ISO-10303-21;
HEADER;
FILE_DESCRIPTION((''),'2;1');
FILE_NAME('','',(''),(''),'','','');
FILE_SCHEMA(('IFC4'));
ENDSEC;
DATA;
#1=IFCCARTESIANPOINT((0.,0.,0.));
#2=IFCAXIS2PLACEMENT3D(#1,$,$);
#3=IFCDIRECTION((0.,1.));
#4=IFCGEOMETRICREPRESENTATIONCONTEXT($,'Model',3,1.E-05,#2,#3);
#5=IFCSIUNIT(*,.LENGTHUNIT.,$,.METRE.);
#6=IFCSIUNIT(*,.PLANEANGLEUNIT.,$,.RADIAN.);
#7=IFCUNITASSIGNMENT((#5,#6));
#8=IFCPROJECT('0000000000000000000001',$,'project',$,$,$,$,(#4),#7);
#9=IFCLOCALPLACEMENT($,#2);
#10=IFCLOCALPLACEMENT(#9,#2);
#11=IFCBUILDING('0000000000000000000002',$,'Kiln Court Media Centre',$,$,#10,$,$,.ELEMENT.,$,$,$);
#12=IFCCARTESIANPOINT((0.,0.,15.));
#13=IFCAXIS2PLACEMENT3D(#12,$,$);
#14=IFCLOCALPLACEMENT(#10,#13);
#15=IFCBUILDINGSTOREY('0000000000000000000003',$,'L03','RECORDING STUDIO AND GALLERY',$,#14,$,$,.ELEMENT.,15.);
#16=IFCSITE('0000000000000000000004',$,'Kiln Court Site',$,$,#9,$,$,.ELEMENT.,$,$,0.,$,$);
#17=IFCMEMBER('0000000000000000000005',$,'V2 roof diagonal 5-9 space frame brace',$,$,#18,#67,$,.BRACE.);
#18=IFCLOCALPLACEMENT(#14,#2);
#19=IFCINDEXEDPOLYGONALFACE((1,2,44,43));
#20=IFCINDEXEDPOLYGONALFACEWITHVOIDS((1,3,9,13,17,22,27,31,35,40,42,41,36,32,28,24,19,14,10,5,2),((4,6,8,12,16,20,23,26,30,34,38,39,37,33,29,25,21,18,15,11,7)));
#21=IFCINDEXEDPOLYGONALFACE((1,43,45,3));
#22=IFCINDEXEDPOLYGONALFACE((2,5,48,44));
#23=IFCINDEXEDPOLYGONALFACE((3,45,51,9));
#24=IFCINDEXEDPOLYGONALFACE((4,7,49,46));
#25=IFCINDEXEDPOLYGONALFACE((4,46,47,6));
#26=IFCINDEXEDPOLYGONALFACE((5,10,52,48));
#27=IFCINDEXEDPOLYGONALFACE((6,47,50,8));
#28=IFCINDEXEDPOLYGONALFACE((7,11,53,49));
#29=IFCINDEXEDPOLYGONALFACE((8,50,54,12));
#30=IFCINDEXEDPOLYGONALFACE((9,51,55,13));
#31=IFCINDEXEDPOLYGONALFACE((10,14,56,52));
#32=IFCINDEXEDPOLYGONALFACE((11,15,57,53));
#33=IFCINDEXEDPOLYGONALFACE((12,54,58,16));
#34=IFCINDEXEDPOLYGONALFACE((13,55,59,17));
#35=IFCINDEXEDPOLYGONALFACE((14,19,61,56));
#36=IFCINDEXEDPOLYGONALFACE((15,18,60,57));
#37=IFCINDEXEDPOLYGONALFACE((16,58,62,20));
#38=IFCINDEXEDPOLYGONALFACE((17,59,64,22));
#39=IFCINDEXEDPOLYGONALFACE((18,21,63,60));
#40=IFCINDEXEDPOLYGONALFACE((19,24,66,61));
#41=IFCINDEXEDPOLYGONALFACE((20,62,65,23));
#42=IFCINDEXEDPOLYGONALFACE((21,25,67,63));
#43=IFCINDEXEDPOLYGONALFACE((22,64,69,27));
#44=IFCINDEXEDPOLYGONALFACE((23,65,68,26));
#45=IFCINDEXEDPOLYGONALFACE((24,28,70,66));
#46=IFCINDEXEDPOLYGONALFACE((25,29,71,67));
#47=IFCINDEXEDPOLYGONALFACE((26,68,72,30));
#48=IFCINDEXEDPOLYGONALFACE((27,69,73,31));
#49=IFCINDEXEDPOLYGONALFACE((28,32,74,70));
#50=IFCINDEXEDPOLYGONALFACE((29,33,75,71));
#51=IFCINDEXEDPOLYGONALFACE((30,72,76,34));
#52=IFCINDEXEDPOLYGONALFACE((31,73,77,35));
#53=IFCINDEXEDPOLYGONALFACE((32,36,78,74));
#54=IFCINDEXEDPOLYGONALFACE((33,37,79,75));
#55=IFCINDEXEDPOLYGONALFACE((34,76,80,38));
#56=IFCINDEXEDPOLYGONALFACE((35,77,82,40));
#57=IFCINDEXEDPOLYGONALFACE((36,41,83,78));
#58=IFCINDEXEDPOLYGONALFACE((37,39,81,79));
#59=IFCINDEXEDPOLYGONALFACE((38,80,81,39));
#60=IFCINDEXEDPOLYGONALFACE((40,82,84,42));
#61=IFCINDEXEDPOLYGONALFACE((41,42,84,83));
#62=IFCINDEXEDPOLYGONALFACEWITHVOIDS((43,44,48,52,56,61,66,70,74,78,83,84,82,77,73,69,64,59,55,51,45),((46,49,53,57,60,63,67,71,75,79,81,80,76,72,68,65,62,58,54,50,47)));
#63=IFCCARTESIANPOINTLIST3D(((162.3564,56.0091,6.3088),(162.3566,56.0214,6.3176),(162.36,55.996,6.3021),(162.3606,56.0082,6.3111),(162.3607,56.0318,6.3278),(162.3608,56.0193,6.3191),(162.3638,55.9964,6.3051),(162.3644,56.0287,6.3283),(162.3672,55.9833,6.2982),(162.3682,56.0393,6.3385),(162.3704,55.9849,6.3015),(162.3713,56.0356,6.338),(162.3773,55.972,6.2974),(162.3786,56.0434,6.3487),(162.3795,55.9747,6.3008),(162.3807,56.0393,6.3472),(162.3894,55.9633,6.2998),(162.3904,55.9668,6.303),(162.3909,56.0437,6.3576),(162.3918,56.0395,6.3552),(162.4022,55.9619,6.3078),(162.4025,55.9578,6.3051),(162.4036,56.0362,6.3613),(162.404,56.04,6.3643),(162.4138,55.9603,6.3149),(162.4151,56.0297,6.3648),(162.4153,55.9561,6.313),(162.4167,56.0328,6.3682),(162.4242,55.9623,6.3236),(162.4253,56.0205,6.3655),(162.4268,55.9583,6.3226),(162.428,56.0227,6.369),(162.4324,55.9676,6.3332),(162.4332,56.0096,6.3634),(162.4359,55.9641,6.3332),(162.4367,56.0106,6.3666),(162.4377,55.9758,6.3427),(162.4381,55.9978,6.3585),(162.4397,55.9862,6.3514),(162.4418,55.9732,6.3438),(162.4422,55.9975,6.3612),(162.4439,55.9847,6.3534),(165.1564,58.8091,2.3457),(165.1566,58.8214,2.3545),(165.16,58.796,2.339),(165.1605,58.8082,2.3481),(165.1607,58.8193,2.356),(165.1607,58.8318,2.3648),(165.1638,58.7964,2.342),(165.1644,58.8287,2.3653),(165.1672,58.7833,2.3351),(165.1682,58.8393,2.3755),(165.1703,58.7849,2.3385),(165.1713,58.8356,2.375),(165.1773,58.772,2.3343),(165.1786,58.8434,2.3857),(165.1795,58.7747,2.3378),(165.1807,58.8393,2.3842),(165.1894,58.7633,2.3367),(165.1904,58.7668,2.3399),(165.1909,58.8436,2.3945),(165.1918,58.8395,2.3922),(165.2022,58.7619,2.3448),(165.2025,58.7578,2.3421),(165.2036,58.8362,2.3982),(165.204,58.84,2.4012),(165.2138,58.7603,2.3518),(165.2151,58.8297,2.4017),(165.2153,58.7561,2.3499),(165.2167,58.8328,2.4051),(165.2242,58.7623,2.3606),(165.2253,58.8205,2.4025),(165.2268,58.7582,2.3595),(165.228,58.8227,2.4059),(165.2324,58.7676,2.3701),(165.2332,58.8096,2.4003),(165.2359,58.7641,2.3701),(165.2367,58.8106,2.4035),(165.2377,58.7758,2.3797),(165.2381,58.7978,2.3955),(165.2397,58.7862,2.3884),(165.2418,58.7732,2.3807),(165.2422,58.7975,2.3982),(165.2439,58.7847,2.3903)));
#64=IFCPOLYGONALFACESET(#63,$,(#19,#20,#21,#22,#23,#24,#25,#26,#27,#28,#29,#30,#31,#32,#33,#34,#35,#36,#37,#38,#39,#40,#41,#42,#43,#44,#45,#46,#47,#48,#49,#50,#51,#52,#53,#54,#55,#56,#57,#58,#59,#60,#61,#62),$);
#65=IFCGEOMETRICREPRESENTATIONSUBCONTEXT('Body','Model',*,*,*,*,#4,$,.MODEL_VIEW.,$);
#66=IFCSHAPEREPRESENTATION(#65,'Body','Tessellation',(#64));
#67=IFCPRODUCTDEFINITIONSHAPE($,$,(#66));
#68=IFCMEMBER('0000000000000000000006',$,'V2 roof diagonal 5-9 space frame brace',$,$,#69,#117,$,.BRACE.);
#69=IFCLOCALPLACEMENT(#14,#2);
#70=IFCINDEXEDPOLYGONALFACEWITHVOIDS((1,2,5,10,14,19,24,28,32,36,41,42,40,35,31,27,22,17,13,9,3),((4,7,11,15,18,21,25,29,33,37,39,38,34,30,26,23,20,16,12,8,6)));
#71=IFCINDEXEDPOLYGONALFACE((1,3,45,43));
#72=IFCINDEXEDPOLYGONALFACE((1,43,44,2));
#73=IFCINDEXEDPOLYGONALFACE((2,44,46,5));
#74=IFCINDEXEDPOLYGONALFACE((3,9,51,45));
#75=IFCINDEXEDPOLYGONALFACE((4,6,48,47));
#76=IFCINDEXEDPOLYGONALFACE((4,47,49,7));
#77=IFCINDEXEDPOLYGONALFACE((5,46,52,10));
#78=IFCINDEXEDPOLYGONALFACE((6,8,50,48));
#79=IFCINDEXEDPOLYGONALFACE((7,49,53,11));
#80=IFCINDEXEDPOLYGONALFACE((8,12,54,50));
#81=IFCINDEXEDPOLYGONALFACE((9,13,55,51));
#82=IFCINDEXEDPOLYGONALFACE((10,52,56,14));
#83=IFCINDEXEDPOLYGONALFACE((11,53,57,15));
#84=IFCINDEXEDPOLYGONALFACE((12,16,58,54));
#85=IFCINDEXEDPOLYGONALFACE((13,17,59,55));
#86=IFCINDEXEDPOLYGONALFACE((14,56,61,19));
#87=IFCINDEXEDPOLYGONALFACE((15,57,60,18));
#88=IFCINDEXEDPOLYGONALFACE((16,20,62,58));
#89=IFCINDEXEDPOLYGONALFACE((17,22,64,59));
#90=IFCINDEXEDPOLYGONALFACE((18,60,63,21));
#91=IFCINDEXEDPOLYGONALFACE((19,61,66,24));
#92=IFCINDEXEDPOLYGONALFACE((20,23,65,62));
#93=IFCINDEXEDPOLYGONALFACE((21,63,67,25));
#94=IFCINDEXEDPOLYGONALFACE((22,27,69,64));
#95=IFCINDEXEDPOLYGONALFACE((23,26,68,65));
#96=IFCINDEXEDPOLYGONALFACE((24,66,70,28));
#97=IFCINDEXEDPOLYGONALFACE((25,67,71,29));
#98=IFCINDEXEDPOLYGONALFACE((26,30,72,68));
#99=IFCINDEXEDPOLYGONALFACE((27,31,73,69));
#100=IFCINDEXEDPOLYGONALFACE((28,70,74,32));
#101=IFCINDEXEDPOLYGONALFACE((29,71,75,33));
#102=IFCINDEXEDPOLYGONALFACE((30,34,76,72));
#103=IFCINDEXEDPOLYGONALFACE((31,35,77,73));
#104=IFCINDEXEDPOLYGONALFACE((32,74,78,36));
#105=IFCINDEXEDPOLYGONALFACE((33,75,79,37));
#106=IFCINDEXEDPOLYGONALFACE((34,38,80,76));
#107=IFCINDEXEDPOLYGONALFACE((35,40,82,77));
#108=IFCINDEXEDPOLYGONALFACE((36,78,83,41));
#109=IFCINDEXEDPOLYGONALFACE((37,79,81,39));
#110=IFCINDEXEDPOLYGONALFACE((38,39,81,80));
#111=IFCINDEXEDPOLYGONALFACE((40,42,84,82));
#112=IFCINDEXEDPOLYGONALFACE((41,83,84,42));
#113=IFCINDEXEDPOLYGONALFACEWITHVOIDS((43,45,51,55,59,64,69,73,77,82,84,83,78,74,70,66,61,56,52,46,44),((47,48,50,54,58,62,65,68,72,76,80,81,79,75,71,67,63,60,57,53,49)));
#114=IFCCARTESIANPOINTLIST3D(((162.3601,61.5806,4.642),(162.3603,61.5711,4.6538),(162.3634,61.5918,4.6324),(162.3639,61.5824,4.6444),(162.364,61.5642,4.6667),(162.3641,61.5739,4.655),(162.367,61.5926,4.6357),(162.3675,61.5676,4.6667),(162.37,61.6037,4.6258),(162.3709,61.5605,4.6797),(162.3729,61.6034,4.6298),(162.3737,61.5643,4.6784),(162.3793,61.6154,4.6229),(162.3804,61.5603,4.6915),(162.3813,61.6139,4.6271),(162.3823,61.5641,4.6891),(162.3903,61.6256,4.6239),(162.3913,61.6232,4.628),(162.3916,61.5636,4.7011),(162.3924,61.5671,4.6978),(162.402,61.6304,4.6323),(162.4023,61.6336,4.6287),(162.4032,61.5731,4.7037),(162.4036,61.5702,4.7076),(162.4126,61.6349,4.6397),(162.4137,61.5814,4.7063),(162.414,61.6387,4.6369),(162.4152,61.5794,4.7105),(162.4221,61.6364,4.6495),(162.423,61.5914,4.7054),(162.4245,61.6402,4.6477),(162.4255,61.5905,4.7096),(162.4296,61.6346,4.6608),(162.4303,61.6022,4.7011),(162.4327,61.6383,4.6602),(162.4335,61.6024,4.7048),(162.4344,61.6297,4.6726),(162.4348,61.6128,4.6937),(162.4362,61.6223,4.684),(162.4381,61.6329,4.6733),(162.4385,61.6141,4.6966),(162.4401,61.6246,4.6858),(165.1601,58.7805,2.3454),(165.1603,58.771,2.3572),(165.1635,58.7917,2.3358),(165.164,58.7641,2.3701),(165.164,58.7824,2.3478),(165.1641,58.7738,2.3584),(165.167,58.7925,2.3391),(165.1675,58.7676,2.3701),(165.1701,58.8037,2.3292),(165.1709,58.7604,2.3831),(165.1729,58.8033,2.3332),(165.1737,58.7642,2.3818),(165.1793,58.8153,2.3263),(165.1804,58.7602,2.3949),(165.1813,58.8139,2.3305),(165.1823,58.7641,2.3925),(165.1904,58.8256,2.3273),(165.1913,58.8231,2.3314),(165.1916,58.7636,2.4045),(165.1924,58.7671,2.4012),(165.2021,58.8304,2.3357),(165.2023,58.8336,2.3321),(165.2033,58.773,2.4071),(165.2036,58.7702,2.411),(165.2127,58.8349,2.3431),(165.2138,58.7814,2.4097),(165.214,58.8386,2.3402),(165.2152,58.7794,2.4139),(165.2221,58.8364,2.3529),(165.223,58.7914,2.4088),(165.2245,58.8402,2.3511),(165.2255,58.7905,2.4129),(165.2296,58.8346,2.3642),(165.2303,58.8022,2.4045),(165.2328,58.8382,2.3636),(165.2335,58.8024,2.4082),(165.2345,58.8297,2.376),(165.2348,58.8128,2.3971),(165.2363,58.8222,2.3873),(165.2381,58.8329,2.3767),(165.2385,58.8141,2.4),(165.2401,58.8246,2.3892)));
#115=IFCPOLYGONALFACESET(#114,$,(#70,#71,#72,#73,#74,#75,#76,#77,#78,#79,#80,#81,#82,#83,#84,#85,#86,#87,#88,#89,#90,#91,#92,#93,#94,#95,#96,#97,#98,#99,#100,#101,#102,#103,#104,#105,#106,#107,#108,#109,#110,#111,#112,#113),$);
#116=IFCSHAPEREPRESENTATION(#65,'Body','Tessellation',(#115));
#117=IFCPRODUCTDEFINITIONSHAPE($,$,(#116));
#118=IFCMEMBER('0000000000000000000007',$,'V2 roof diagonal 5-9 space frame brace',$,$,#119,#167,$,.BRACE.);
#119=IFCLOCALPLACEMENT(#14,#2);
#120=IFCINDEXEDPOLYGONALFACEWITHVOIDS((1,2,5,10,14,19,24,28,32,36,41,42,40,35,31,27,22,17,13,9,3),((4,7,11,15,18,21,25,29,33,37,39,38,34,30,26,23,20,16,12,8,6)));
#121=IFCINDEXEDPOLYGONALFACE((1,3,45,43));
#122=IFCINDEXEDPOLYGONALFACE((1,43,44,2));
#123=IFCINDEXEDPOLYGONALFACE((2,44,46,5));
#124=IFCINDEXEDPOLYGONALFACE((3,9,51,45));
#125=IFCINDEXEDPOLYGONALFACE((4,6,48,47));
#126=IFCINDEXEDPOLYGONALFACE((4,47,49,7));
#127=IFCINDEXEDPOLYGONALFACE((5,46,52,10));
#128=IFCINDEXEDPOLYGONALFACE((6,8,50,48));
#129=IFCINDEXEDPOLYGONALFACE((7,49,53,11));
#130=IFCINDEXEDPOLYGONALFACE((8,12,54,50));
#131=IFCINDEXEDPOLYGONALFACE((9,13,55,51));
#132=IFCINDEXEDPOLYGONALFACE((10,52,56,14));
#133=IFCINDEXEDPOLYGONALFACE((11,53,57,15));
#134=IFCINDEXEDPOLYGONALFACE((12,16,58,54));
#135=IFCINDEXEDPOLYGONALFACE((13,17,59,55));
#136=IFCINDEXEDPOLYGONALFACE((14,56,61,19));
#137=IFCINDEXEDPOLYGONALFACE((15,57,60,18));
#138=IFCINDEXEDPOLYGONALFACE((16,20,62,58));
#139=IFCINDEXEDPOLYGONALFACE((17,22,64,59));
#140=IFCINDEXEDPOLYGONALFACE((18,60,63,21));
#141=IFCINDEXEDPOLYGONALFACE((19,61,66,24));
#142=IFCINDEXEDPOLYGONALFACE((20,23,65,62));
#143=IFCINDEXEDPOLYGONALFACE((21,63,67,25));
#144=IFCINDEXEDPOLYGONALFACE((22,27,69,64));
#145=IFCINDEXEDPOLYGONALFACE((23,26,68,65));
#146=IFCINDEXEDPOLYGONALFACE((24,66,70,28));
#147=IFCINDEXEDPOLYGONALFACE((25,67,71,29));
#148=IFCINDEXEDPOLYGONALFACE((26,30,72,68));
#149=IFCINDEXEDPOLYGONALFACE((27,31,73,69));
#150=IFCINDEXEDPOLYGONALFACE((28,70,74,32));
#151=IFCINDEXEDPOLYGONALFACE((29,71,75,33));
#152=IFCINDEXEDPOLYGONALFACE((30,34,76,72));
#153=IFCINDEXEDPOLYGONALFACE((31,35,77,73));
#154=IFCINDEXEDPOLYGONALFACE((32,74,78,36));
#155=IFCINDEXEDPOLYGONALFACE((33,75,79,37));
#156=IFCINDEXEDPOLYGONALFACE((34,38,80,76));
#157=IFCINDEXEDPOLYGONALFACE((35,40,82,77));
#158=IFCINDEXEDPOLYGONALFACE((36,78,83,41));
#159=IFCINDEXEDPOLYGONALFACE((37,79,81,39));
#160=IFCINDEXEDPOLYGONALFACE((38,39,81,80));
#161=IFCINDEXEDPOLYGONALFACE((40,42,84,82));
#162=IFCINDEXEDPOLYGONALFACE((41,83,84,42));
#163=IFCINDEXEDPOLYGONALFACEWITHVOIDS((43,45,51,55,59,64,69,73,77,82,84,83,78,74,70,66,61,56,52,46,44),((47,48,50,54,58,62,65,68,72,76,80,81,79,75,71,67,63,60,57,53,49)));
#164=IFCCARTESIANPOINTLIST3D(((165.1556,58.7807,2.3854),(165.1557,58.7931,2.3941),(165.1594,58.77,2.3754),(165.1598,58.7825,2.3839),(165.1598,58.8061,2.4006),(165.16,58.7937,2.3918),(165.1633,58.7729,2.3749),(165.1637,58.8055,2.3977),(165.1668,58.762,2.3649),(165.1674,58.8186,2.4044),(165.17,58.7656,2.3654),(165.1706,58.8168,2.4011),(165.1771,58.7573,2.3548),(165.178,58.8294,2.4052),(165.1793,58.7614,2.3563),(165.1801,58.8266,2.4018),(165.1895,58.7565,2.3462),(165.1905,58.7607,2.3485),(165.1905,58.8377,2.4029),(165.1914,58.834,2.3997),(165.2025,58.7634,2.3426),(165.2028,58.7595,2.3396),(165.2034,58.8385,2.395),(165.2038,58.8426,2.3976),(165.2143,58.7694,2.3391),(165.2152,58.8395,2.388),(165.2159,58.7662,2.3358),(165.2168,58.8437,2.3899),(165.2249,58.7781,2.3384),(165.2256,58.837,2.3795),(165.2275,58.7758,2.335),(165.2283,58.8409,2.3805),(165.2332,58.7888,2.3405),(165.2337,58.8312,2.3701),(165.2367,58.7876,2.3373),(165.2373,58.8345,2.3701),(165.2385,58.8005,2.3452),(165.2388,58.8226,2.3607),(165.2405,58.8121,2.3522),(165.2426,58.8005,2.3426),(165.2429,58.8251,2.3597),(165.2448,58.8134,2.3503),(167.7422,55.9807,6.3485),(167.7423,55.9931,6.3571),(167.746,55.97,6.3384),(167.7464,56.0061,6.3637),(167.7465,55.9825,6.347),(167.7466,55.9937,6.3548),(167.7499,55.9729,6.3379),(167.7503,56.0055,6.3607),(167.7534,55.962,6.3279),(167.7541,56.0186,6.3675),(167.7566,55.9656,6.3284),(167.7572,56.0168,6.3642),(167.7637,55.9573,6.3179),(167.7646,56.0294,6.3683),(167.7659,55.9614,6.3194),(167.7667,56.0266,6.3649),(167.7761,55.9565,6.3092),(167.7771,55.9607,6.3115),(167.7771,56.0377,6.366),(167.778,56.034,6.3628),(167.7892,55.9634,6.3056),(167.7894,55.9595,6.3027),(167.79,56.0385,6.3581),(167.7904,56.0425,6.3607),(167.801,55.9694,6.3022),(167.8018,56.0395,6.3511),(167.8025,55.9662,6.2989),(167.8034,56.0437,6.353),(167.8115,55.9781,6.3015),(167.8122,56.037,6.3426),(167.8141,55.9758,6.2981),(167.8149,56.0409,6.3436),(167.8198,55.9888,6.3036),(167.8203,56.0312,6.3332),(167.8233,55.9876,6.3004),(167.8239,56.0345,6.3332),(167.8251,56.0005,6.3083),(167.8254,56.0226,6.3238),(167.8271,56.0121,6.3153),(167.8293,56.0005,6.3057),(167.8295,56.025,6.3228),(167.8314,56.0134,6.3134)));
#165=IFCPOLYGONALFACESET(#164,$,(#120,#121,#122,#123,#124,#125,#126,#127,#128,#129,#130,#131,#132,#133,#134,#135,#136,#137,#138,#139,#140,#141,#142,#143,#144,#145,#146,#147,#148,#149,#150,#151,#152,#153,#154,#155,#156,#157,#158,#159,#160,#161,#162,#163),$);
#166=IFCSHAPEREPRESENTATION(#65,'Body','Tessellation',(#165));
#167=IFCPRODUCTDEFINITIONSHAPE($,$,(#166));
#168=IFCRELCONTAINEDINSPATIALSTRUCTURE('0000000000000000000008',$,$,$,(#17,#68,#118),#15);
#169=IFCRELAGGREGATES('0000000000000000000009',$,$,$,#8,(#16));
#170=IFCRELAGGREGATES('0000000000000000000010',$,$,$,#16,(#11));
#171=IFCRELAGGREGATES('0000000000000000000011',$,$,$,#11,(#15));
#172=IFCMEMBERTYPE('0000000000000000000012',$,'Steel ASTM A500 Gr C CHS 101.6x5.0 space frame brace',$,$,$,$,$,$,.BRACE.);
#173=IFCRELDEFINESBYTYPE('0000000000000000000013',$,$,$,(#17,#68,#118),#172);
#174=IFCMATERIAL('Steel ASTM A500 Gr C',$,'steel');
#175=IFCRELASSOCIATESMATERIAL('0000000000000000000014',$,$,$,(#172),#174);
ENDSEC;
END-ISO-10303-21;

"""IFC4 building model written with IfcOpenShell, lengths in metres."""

from ifc_helpers import new_model, si_unit, direction, frame, origin, origin_2d, place, context, subcontext, project, spatial, hollow_circle, extrude, material, material_profile, profile_set, type_object, element, save


model = new_model("IFC4")

# Units and contexts
model_context = context("Model", 3, precision=1e-05, world=origin(), true_north=direction((0.0, 1.0)))
body_context = subcontext(model_context, "Body", "Model", "MODEL_VIEW")
ifc_project = project(units=[si_unit("LENGTHUNIT", "METRE"), si_unit("PLANEANGLEUNIT", "RADIAN")], contexts=[model_context])

# Site, building, storey
site_placement = place(None, origin())
site = spatial("IfcSite", under=ifc_project, at=site_placement, Name="Kiln Court Site", CompositionType="ELEMENT", RefElevation=0.0)
building_placement = place(site_placement, origin())
building = spatial("IfcBuilding", under=site, at=building_placement, Name="Kiln Court Media Centre", CompositionType="ELEMENT")
storey_placement = place(building_placement, frame((0.0, 0.0, 15.0)))
storey = spatial("IfcBuildingStorey", under=building, at=storey_placement, Name="L03", Description="RECORDING STUDIO AND GALLERY", CompositionType="ELEMENT", Elevation=15.0)

# Members
ifc_material_1 = material(Name="Steel ASTM A500 Gr C", Category="steel")
ifc_material_profile_1 = material_profile(ifc_material_1, hollow_circle(Radius=0.0508, WallThickness=0.0049, at=origin_2d()), Name="CHS 101.6x5.0")
ifc_profile_set_1 = profile_set([ifc_material_profile_1], Name="Steel ASTM A500 Gr C")
member_type_1 = type_object("IfcMemberType", Name="Steel ASTM A500 Gr C CHS 101.6x5.0 space frame brace", PredefinedType="BRACE", material=ifc_profile_set_1)
member_1_placement = place(storey_placement, frame((165.2, 58.8, 2.3701), z_axis=(-0.499794, -0.499794, 0.707398), x_axis=(0.707107, -0.707107, 0.0)))
element("IfcMember", 1, at=member_1_placement, inside=storey, type_object=member_type_1, Name="V2 roof diagonal 5-9 space frame brace", PredefinedType="BRACE", context=body_context, shape_type="SweptSolid", body=[
    extrude(hollow_circle(Radius=0.0508, WallThickness=0.0049, at=origin_2d()), origin(), (0.0, 0.0, 1.0), 5.6023),
])
member_2_placement = place(storey_placement, frame((165.2, 58.8, 2.3701), z_axis=(-0.611676, 0.611676, 0.501703), x_axis=(-0.707107, -0.707107, 0.0)))
element("IfcMember", 2, at=member_2_placement, inside=storey, type_object=member_type_1, Name="V2 roof diagonal 5-9 space frame brace", PredefinedType="BRACE", context=body_context, shape_type="SweptSolid", body=[
    extrude(hollow_circle(Radius=0.0508, WallThickness=0.0049, at=origin_2d()), origin(), (0.0, 0.0, 1.0), 4.5776),
])
member_3_placement = place(storey_placement, frame((165.2, 58.8, 2.3701), z_axis=(0.4704, -0.509204, 0.720718), x_axis=(0.734541, 0.678565, 0.0)))
element("IfcMember", 3, at=member_3_placement, inside=storey, type_object=member_type_1, Name="V2 roof diagonal 5-9 space frame brace", PredefinedType="BRACE", context=body_context, shape_type="SweptSolid", body=[
    extrude(hollow_circle(Radius=0.0508, WallThickness=0.0049, at=origin_2d()), origin(), (0.0, 0.0, 1.0), 5.4988),
])

save(model, "model.ifc")
